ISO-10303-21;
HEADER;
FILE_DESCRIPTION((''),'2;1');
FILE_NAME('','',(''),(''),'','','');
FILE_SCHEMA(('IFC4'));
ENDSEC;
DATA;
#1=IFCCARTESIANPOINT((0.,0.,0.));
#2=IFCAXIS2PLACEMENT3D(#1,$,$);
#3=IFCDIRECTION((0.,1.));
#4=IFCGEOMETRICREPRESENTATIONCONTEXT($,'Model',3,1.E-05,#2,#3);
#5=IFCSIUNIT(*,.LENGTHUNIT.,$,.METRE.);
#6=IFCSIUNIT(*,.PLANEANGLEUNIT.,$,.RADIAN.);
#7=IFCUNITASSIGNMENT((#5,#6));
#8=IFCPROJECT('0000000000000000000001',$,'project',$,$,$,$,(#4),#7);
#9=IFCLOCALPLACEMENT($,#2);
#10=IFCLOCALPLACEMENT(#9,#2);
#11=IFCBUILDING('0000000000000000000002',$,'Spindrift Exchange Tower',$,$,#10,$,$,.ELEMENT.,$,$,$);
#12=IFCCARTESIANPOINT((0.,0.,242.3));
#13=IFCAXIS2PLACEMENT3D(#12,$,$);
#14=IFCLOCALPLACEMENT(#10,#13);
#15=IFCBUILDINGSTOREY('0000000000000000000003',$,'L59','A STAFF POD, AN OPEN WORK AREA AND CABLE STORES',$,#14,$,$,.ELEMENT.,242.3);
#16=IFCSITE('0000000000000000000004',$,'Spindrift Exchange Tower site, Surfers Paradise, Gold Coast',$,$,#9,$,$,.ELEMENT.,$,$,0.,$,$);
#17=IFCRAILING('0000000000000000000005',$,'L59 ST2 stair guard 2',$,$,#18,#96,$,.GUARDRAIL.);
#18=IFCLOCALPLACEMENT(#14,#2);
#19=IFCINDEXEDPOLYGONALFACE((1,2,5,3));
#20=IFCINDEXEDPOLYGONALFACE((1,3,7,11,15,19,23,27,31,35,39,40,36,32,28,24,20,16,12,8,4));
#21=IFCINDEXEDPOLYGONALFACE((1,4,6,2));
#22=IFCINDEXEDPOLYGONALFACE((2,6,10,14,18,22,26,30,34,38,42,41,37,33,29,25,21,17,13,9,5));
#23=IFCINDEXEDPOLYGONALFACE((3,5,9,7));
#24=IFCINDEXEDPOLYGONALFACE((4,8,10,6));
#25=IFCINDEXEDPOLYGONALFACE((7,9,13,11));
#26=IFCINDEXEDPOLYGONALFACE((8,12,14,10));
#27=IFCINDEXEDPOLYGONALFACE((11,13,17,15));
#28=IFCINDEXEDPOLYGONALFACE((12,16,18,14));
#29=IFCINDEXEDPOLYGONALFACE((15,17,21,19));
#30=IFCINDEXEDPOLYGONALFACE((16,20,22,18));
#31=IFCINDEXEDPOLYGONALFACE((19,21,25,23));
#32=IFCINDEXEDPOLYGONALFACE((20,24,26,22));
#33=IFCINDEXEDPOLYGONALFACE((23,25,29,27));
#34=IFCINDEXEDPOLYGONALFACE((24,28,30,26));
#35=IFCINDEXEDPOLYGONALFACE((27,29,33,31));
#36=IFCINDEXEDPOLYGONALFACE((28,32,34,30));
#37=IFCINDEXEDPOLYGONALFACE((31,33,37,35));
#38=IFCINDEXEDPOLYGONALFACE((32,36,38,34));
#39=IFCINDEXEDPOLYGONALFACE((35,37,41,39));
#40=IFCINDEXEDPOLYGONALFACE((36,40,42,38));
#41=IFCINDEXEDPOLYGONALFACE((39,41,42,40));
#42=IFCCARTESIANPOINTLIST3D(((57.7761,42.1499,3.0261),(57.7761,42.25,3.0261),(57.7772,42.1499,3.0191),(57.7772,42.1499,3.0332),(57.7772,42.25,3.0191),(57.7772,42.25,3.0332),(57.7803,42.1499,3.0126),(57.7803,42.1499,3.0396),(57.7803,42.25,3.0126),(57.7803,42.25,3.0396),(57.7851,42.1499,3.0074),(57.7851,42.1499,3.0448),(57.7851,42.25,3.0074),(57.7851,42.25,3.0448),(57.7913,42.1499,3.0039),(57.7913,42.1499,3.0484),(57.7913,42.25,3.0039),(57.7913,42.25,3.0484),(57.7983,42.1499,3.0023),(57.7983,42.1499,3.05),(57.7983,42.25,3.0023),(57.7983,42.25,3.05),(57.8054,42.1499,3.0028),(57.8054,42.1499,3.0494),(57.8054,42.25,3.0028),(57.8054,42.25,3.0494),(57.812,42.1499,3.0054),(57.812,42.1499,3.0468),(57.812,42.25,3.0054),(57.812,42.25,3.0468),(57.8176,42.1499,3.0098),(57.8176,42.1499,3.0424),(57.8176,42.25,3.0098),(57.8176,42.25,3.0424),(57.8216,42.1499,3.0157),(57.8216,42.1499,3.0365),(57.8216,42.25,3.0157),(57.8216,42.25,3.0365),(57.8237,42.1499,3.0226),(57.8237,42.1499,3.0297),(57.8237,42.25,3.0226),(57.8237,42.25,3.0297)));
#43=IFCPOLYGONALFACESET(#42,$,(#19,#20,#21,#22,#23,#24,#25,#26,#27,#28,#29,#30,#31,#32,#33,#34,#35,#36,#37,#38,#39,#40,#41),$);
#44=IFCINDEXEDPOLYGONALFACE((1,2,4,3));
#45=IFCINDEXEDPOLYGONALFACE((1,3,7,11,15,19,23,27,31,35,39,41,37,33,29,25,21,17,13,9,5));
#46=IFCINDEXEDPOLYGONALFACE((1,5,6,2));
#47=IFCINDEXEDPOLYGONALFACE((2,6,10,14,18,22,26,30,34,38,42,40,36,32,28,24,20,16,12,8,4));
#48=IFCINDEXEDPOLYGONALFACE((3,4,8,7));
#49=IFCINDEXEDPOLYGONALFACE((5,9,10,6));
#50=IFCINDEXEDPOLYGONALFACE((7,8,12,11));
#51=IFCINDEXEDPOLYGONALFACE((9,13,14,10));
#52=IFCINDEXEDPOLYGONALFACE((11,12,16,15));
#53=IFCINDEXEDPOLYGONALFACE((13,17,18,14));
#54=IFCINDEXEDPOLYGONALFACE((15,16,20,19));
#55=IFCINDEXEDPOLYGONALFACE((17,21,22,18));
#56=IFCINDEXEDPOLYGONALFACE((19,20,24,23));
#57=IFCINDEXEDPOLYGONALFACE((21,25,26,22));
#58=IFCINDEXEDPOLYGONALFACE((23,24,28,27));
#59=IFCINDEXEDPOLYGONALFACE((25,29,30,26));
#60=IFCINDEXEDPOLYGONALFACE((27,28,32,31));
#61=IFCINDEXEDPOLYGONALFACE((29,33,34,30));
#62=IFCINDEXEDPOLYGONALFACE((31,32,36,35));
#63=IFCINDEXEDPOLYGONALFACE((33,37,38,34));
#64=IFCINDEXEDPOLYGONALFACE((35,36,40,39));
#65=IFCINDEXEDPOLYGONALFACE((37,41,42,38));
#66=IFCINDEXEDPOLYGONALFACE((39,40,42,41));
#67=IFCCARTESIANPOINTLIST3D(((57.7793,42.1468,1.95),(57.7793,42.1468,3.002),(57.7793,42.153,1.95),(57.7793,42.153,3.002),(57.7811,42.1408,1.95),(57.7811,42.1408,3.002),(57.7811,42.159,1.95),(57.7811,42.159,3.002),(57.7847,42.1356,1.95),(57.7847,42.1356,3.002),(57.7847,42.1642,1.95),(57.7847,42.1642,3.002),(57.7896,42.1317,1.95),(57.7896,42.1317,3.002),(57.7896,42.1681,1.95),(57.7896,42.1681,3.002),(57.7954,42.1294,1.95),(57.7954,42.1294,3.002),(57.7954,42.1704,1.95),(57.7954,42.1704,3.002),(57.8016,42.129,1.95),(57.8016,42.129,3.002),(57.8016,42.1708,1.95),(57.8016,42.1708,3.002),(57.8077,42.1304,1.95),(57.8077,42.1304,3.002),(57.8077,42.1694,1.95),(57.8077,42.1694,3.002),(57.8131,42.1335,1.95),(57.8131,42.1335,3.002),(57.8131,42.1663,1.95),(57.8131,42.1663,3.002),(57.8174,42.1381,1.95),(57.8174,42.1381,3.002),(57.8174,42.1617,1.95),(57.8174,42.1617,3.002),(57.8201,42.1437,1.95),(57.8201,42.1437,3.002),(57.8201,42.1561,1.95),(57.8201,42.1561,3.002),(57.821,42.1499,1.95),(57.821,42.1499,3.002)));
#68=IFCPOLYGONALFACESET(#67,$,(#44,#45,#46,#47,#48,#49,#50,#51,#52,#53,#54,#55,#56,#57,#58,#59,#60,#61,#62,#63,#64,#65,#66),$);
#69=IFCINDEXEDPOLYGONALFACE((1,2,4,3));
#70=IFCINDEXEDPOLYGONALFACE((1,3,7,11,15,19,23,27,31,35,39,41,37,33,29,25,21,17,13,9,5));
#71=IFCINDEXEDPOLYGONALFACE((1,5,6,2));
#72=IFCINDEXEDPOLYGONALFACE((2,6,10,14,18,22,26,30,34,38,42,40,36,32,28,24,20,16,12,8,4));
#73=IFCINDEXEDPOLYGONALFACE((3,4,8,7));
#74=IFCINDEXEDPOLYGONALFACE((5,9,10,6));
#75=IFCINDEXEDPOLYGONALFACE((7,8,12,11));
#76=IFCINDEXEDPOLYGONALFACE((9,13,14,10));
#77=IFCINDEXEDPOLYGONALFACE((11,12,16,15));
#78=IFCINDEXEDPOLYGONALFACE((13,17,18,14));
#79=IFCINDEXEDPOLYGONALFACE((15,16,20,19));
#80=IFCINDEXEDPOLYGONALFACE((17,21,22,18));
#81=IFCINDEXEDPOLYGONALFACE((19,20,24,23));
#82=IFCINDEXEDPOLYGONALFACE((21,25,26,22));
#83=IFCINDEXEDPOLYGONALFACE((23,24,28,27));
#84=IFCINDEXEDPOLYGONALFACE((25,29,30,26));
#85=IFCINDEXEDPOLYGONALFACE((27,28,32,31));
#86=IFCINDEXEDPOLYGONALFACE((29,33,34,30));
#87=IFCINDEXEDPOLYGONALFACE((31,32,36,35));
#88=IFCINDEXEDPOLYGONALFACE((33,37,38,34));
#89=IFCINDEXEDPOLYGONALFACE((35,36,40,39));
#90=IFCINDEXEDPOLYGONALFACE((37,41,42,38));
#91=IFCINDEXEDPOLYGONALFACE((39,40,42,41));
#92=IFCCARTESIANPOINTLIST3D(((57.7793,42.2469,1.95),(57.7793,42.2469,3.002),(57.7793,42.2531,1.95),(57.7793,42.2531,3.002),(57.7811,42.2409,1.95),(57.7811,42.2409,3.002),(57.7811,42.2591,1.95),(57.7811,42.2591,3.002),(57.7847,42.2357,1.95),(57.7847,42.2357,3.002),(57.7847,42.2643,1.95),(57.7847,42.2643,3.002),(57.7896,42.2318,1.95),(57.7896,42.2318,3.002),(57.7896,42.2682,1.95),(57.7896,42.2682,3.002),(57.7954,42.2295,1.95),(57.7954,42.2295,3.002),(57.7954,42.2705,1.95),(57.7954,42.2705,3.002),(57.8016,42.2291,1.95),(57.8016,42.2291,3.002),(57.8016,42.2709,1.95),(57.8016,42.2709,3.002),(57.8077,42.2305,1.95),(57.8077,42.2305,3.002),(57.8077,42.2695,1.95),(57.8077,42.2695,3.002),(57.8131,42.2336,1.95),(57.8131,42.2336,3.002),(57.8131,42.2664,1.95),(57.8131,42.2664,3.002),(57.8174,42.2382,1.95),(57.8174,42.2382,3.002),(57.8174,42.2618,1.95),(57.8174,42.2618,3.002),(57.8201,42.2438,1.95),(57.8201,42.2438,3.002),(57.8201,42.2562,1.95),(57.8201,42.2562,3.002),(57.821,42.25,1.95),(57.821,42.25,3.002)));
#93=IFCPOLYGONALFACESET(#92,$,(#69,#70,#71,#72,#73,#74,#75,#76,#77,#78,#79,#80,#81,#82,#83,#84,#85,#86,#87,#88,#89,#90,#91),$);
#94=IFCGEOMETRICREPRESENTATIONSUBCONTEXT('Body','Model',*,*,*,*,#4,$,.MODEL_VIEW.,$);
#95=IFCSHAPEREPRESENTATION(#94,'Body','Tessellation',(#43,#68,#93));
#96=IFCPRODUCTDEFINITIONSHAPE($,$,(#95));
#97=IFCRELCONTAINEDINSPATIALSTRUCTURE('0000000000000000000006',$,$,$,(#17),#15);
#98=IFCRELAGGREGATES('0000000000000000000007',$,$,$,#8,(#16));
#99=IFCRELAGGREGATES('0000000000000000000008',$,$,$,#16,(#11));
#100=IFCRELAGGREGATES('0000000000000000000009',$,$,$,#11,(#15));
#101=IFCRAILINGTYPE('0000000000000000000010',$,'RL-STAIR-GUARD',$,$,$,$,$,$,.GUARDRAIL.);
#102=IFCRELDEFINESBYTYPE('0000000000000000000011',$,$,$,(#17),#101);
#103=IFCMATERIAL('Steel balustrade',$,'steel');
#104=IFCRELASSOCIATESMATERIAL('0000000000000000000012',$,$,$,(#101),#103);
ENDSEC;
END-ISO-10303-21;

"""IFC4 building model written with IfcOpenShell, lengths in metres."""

from ifc_helpers import new_model, si_unit, direction, frame, origin, origin_2d, place, context, subcontext, project, spatial, circle, extrude, material, type_object, element, save


model = new_model("IFC4")

# Units and contexts
model_context = context("Model", 3, precision=1e-05, world=origin(), true_north=direction((0.0, 1.0)))
body_context = subcontext(model_context, "Body", "Model", "MODEL_VIEW")
ifc_project = project(units=[si_unit("LENGTHUNIT", "METRE"), si_unit("PLANEANGLEUNIT", "RADIAN")], contexts=[model_context])

# Site, building, storey
site_placement = place(None, origin())
site = spatial("IfcSite", under=ifc_project, at=site_placement, Name="Spindrift Exchange Tower site, Surfers Paradise, Gold Coast", CompositionType="ELEMENT", RefElevation=0.0)
building_placement = place(site_placement, origin())
building = spatial("IfcBuilding", under=site, at=building_placement, Name="Spindrift Exchange Tower", CompositionType="ELEMENT")
storey_placement = place(building_placement, frame((0.0, 0.0, 242.3)))
storey = spatial("IfcBuildingStorey", under=building, at=storey_placement, Name="L59", Description="A STAFF POD, AN OPEN WORK AREA AND CABLE STORES", CompositionType="ELEMENT", Elevation=242.3)

# Railing
ifc_material_1 = material(Name="Steel balustrade", Category="steel")
railing_type_1 = type_object("IfcRailingType", Name="RL-STAIR-GUARD", PredefinedType="GUARDRAIL", material=ifc_material_1)
railing_1_placement = place(storey_placement, frame((57.8, 42.1499, 1.95)))
element("IfcRailing", 1, at=railing_1_placement, inside=storey, type_object=railing_type_1, Name="L59 ST2 stair guard 2", PredefinedType="GUARDRAIL", context=body_context, shape_type="SweptSolid", body=[
    extrude(circle(Radius=0.0239, at=origin_2d()), frame((0.0, 0.0, 1.0762), z_axis=(0.0, 1.0, 0.0), x_axis=(-1.0, 0.0, 0.0)), (0.0, 0.0, 1.0), 0.1001),
    extrude(circle(Radius=0.021, at=origin_2d()), origin(), (0.0, 0.0, 1.0), 1.052),
    extrude(circle(Radius=0.021, at=origin_2d()), frame((0.0, 0.1001, 0.0)), (0.0, 0.0, 1.0), 1.052),
])

save(model, "model.ifc")
